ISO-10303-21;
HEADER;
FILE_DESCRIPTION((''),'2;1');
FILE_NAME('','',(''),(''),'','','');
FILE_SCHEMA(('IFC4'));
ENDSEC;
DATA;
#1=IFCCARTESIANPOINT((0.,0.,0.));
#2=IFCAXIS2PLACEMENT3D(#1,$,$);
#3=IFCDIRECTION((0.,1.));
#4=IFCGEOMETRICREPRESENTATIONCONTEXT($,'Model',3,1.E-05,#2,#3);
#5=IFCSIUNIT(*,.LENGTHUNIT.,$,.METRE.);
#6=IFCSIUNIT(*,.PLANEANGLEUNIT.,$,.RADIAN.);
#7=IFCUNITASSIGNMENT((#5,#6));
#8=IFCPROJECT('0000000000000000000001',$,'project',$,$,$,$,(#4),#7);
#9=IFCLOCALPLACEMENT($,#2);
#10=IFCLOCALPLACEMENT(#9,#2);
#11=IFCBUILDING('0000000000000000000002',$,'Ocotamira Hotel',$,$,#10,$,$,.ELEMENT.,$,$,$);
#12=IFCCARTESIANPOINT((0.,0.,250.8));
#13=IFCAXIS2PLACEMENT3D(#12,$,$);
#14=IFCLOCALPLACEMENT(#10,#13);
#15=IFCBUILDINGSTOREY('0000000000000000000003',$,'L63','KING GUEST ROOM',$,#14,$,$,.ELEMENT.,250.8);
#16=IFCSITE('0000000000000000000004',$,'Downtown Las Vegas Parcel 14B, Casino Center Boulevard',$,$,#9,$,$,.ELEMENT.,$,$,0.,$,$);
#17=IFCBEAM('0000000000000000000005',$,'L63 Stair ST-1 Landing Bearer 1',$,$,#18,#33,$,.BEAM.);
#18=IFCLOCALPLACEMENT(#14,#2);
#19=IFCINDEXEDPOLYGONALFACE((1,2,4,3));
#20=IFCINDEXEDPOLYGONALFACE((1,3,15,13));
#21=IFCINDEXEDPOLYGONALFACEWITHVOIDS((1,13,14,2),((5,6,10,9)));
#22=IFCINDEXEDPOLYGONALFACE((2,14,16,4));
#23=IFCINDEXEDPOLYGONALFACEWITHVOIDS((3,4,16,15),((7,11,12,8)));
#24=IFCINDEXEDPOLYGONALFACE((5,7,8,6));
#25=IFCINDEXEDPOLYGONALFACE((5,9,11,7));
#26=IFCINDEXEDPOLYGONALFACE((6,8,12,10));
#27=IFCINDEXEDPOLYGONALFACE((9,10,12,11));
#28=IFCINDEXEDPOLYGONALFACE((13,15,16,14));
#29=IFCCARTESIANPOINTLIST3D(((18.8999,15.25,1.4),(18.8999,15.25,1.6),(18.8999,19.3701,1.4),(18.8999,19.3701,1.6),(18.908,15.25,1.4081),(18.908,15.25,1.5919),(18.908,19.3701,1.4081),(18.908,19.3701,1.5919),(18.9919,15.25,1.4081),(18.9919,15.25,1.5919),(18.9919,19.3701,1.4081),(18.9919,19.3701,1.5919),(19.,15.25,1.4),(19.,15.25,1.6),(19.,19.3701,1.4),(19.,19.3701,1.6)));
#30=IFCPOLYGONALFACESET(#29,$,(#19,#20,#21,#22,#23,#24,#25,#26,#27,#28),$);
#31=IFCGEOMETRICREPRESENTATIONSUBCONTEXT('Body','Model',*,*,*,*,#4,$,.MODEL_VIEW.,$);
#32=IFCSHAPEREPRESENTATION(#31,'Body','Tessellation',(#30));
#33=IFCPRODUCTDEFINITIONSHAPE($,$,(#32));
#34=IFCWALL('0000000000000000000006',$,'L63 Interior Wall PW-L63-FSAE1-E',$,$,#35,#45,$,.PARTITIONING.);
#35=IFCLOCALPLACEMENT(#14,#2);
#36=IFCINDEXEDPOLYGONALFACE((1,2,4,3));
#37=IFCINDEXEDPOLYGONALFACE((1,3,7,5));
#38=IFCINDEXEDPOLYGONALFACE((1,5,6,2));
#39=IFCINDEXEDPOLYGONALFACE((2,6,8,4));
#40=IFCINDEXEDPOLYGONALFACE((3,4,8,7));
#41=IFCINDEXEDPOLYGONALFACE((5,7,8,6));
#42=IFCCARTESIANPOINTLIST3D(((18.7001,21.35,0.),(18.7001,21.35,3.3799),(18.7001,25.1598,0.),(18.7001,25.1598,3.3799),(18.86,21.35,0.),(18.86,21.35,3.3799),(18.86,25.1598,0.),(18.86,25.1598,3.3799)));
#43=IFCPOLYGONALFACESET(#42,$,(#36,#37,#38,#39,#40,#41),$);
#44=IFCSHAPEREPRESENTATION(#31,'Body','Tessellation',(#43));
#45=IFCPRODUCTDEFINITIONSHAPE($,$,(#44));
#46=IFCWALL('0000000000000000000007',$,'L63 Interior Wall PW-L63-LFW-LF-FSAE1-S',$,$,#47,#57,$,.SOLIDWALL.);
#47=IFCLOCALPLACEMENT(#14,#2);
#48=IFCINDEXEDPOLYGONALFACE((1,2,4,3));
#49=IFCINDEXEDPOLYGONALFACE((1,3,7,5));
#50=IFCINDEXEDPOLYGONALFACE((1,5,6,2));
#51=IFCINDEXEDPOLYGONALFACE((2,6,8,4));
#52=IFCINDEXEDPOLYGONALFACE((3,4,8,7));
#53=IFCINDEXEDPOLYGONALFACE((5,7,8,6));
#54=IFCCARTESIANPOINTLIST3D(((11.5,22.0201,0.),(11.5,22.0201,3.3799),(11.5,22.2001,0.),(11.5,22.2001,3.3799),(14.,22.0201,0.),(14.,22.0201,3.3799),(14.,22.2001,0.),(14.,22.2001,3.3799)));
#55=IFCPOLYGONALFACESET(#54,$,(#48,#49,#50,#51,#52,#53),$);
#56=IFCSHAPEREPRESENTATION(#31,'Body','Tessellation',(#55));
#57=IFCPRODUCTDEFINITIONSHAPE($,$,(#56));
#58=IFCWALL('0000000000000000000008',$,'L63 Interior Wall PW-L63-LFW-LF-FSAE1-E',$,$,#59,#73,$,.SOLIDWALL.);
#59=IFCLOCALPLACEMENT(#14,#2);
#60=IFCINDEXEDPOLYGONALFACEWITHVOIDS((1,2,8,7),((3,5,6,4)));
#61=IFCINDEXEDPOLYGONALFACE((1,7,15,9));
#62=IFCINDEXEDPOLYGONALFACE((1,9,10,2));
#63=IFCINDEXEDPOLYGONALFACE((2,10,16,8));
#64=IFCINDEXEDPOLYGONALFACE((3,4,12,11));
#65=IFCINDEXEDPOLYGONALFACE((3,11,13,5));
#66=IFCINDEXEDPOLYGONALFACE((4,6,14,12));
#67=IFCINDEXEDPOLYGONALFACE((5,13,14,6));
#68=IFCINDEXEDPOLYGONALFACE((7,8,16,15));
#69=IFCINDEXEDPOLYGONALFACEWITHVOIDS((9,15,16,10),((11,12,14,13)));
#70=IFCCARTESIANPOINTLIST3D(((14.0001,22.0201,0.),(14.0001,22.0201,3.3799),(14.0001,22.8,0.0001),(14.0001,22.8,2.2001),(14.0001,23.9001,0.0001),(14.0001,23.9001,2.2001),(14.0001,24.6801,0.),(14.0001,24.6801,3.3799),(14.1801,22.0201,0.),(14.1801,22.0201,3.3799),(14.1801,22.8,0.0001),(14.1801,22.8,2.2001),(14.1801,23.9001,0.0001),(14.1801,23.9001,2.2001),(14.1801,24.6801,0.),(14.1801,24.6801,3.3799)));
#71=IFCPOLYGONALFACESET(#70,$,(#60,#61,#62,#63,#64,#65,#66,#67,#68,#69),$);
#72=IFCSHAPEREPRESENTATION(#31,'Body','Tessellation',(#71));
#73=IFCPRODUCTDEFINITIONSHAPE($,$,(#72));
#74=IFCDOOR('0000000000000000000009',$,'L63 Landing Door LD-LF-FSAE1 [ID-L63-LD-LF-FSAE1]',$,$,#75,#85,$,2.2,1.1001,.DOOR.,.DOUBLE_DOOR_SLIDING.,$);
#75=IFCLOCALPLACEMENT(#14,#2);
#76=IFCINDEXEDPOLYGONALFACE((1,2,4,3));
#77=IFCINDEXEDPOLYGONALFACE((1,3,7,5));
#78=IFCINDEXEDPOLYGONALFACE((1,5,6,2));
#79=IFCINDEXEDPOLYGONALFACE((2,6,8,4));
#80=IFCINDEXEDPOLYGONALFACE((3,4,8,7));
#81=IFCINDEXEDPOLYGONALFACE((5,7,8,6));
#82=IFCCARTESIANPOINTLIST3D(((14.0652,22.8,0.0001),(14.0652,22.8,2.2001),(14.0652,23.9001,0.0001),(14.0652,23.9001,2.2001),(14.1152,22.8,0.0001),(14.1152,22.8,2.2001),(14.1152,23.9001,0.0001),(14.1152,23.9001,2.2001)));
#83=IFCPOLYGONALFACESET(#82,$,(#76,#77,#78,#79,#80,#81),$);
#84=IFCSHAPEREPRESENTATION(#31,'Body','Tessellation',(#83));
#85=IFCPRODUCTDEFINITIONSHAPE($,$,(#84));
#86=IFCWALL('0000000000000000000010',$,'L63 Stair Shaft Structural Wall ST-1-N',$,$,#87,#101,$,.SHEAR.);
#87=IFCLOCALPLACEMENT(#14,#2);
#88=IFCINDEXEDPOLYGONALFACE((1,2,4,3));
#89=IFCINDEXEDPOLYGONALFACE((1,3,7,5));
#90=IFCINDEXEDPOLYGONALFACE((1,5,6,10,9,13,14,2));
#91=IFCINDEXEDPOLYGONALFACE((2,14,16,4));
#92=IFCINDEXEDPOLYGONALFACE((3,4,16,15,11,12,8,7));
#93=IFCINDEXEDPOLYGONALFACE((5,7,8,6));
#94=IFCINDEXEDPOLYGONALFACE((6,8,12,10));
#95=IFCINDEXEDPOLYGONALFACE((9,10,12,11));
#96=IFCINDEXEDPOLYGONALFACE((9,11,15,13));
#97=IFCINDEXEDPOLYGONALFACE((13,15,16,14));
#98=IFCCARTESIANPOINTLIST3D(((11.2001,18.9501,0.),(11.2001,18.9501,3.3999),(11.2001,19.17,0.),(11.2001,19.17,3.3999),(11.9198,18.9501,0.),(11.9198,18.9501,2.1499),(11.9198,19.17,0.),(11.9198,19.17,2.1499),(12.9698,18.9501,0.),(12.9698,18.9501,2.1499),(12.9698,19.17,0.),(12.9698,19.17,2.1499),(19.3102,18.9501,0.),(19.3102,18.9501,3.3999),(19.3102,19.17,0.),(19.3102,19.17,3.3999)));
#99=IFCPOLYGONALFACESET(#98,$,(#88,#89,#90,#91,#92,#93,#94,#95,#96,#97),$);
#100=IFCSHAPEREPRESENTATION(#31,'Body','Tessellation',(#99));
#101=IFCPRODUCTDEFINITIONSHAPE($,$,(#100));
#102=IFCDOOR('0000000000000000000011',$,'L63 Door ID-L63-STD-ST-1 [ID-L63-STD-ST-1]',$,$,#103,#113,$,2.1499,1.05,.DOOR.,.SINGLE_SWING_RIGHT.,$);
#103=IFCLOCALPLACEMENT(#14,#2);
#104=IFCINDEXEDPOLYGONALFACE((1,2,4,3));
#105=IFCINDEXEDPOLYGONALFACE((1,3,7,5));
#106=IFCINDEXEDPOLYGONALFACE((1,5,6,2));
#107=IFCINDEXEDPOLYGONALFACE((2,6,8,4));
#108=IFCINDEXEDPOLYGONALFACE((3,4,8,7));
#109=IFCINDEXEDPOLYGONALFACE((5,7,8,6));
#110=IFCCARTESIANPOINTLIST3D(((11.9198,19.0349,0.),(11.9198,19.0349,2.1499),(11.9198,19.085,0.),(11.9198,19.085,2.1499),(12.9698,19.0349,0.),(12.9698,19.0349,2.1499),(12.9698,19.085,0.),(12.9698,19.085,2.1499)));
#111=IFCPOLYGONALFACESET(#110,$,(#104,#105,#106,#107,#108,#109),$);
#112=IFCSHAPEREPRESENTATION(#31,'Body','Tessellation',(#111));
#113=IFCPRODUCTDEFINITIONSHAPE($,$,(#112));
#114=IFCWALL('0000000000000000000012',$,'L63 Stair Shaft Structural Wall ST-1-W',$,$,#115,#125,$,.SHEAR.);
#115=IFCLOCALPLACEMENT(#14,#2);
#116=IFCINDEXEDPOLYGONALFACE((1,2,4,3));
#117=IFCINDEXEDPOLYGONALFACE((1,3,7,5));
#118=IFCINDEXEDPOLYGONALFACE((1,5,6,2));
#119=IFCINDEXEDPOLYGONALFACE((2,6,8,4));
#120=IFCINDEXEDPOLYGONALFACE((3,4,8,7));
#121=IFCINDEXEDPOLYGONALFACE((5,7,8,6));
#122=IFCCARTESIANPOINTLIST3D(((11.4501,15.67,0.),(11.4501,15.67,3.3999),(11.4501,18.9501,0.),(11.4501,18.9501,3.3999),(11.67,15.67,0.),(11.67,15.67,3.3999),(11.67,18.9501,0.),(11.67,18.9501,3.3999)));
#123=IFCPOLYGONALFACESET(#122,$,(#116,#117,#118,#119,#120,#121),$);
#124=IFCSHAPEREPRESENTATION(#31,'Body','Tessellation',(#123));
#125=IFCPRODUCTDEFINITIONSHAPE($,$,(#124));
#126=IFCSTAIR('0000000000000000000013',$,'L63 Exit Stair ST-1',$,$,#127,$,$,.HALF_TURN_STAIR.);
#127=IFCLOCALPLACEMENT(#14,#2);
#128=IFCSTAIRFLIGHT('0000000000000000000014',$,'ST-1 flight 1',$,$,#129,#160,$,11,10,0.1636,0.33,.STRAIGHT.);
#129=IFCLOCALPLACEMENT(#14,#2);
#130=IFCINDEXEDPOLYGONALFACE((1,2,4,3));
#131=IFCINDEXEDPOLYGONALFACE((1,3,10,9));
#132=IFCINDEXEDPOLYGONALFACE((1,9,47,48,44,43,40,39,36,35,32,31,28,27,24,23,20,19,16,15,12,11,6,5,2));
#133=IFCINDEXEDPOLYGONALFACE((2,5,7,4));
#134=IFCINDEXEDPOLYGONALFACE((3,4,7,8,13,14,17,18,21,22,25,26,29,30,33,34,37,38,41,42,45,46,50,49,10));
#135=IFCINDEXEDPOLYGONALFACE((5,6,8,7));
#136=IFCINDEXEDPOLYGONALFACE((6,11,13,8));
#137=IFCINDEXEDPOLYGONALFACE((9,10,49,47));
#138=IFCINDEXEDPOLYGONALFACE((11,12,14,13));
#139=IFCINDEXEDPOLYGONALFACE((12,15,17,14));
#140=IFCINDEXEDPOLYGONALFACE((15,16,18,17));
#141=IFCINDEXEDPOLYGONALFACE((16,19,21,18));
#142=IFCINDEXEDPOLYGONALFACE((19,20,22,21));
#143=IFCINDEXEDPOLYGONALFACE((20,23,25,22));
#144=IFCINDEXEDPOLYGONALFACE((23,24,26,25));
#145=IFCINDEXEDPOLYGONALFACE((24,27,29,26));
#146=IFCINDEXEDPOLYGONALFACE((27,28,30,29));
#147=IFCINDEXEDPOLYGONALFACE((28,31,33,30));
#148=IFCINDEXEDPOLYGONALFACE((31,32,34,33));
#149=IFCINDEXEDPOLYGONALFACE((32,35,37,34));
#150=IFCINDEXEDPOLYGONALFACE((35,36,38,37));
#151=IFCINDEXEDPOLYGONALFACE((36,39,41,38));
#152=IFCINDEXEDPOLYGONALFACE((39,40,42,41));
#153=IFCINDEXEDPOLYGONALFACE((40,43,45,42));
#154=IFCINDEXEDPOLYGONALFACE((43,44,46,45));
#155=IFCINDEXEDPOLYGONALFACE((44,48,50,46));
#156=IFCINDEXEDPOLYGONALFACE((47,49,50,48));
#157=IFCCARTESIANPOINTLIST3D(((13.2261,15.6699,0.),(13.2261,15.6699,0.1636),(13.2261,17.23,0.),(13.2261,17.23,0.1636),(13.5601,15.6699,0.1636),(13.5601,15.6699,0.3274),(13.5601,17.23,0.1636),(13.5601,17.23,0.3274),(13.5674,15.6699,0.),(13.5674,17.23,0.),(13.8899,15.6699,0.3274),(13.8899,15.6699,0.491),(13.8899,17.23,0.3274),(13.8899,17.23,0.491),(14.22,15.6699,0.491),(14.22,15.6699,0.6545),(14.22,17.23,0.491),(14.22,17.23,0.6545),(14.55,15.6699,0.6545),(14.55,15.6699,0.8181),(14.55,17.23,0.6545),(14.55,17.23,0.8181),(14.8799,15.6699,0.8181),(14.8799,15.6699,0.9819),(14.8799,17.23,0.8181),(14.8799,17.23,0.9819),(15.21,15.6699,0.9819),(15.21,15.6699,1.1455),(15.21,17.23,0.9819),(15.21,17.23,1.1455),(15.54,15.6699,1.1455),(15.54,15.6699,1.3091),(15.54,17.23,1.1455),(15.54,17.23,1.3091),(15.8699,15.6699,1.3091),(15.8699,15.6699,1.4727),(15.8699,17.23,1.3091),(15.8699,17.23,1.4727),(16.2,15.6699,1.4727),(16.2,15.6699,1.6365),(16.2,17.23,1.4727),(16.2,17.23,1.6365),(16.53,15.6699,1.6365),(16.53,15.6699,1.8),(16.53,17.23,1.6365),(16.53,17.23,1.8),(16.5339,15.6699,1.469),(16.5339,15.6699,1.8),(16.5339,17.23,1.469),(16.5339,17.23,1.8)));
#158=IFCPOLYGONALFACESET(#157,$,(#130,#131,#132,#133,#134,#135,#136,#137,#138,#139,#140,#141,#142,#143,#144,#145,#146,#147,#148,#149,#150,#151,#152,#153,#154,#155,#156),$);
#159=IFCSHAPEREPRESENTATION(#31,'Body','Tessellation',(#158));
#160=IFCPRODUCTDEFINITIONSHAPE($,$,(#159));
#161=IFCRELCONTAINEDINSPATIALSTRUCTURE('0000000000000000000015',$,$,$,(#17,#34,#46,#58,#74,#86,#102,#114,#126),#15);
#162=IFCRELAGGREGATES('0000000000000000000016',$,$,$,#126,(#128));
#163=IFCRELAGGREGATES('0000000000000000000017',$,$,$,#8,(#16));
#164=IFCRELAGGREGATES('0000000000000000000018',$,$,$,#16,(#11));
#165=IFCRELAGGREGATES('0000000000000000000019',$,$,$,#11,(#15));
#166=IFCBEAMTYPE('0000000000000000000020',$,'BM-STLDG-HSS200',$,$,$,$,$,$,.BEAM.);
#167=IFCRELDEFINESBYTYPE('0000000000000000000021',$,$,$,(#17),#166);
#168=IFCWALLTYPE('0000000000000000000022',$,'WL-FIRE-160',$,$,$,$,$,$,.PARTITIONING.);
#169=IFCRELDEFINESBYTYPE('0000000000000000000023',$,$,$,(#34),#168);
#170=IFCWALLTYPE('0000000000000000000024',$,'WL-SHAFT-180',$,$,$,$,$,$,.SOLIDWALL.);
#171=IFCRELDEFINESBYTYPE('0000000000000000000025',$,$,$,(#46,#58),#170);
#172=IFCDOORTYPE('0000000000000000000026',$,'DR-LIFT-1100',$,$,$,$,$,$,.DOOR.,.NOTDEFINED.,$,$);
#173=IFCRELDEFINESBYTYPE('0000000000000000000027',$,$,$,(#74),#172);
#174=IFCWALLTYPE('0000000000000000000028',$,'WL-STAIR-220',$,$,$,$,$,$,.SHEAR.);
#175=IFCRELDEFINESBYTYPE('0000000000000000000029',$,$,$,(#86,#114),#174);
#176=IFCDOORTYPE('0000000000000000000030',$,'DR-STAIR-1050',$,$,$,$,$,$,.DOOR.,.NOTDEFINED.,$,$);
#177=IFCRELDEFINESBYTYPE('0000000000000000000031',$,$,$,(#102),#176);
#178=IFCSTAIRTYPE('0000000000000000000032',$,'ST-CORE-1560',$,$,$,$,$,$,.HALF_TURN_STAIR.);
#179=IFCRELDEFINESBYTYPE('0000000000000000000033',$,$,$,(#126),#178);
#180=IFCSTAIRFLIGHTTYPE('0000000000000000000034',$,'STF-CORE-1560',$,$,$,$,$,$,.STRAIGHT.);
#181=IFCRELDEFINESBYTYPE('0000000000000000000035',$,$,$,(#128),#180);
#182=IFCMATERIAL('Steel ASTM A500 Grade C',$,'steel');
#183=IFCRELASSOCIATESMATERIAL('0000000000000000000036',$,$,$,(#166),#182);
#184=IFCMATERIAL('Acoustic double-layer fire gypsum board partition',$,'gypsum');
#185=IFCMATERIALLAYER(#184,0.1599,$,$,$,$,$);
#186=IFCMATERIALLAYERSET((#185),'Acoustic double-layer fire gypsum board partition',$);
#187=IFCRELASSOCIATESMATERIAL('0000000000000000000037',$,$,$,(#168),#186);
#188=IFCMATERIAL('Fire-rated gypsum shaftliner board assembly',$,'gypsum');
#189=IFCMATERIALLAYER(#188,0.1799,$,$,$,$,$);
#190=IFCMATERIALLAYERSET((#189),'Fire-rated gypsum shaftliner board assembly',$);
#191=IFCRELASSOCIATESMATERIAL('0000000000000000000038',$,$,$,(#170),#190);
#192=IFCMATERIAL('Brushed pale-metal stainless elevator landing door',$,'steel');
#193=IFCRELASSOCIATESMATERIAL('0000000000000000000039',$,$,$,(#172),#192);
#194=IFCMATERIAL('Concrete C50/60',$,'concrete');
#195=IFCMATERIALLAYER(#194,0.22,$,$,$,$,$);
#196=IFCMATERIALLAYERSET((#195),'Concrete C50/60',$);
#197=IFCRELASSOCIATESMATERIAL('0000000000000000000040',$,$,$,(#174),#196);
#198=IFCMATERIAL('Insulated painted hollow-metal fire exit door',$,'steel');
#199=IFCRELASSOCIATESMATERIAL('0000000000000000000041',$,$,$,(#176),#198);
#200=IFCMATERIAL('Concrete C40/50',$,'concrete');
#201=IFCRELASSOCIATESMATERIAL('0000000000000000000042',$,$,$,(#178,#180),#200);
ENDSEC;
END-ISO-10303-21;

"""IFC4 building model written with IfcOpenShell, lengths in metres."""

from ifc_helpers import new_model, si_unit, direction, frame, frame_2d, origin, origin_2d, place, context, subcontext, project, spatial, polyline, rectangle, hollow_rectangle, outline, extrude, source, transform, mapped, material, layer, layer_set, material_profile, profile_set, type_object, element, fill, aggregate, save


model = new_model("IFC4")

# Units and contexts
model_context = context("Model", 3, precision=1e-05, world=origin(), true_north=direction((0.0, 1.0)))
body_context = subcontext(model_context, "Body", "Model", "MODEL_VIEW")
ifc_project = project(units=[si_unit("LENGTHUNIT", "METRE"), si_unit("PLANEANGLEUNIT", "RADIAN")], contexts=[model_context])

# Site, building, storey
site_placement = place(None, origin())
site = spatial("IfcSite", under=ifc_project, at=site_placement, Name="Downtown Las Vegas Parcel 14B, Casino Center Boulevard", CompositionType="ELEMENT", RefElevation=0.0)
building_placement = place(site_placement, origin())
building = spatial("IfcBuilding", under=site, at=building_placement, Name="Ocotamira Hotel", CompositionType="ELEMENT")
storey_placement = place(building_placement, frame((0.0, 0.0, 250.8)))
storey = spatial("IfcBuildingStorey", under=building, at=storey_placement, Name="L63", Description="KING GUEST ROOM", CompositionType="ELEMENT", Elevation=250.8)

# Beam
ifc_material_1 = material(Name="Steel ASTM A500 Grade C", Category="steel")
ifc_material_profile = material_profile(ifc_material_1, hollow_rectangle(XDim=0.1001, YDim=0.2, WallThickness=0.0081, at=origin_2d()), Name="HSS200X100X8")
ifc_profile_set = profile_set([ifc_material_profile], Name="Steel ASTM A500 Grade C")
beam_type = type_object("IfcBeamType", Name="BM-STLDG-HSS200", PredefinedType="BEAM", material=ifc_profile_set)
shared_shape_1 = source(origin(), body_context, "Body", "SweptSolid", [
    extrude(hollow_rectangle(XDim=0.1001, YDim=0.2, WallThickness=0.0081, at=origin_2d()), origin(), (0.0, 0.0, 1.0), 4.1201),
])
beam_placement = place(storey_placement, frame((18.95, 15.25, 1.5), z_axis=(0.0, 1.0, 0.0), x_axis=(-1.0, 0.0, 0.0)))
element("IfcBeam", 1, at=beam_placement, inside=storey, type_object=beam_type, Name="L63 Stair ST-1 Landing Bearer 1", PredefinedType="BEAM", context=body_context, shape_type="MappedRepresentation", body=[
    mapped(shared_shape_1, transform((0.0, 0.0, 0.0), scale=1.0)),
])

# Shared definitions
ifc_material_2 = material(Name="Acoustic double-layer fire gypsum board partition", Category="gypsum")
ifc_layer_1 = layer(ifc_material_2, 0.1599)
ifc_layer_set_1 = layer_set([ifc_layer_1], Name="Acoustic double-layer fire gypsum board partition")
wall_type_1 = type_object("IfcWallType", Name="WL-FIRE-160", PredefinedType="PARTITIONING", material=ifc_layer_set_1)

# Walls
wall_1_placement = place(storey_placement, frame((18.78, 21.3501, 0.0), z_axis=(0.0, 0.0, 1.0), x_axis=(0.0, 1.0, 0.0)))
element("IfcWall", 2, at=wall_1_placement, inside=storey, type_object=wall_type_1, Name="L63 Interior Wall PW-L63-FSAE1-E", PredefinedType="PARTITIONING", context=body_context, shape_type="SweptSolid", body=[
    extrude(rectangle(XDim=3.8098, YDim=0.1599, at=frame_2d((1.9048, 0.0))), origin(), (0.0, 0.0, 1.0), 3.3799),
])
ifc_material_3 = material(Name="Fire-rated gypsum shaftliner board assembly", Category="gypsum")
ifc_layer_2 = layer(ifc_material_3, 0.1799)
ifc_layer_set_2 = layer_set([ifc_layer_2], Name="Fire-rated gypsum shaftliner board assembly")
wall_type_2 = type_object("IfcWallType", Name="WL-SHAFT-180", PredefinedType="SOLIDWALL", material=ifc_layer_set_2)
wall_2_placement = place(storey_placement, frame((11.5, 22.1101, 0.0), z_axis=(0.0, 0.0, 1.0), x_axis=(1.0, 0.0, 0.0)))
element("IfcWall", 3, at=wall_2_placement, inside=storey, type_object=wall_type_2, Name="L63 Interior Wall PW-L63-LFW-LF-FSAE1-S", PredefinedType="SOLIDWALL", context=body_context, shape_type="SweptSolid", body=[
    extrude(rectangle(XDim=2.5, YDim=0.1799, at=frame_2d((1.25, 0.0))), origin(), (0.0, 0.0, 1.0), 3.3799),
])

# Walls, openings, doors
wall_3_placement = place(storey_placement, frame((14.0901, 22.02, 0.0), z_axis=(0.0, 0.0, 1.0), x_axis=(0.0, 1.0, 0.0)))
wall_3 = element("IfcWall", 4, at=wall_3_placement, inside=storey, type_object=wall_type_2, Name="L63 Interior Wall PW-L63-LFW-LF-FSAE1-E", PredefinedType="SOLIDWALL", context=body_context, shape_type="SweptSolid", body=[
    extrude(rectangle(XDim=2.6599, YDim=0.1799, at=frame_2d((1.3301, 0.0))), origin(), (0.0, 0.0, 1.0), 3.3799),
])
opening_1_placement = place(wall_3_placement, frame((0.78, 0.0, 0.0)))
opening_1 = element("IfcOpeningElement", 5, at=opening_1_placement, cuts=wall_3, PredefinedType="OPENING", context=body_context, shape_type="SweptSolid", body=[
    extrude(rectangle(XDim=1.1001, YDim=2.2, at=frame_2d((0.55, 1.1001))), frame((0.0, 0.1001, 0.0), z_axis=(0.0, -1.0, 0.0), x_axis=(1.0, 0.0, 0.0)), (0.0, 0.0, 1.0), 0.2),
])
ifc_material_4 = material(Name="Brushed pale-metal stainless elevator landing door", Category="steel")
door_type_1 = type_object("IfcDoorType", Name="DR-LIFT-1100", OperationType="NOTDEFINED", PredefinedType="DOOR", material=ifc_material_4)
shared_shape_2 = source(origin(), body_context, "Body", "SweptSolid", [
    extrude(rectangle(XDim=1.1001, YDim=2.2, at=frame_2d((0.55, 1.1001))), frame((0.0, 0.0249, 0.0), z_axis=(0.0, -1.0, 0.0), x_axis=(1.0, 0.0, 0.0)), (0.0, 0.0, 1.0), 0.05),
])
door_1_placement = place(opening_1_placement, origin())
door_1 = element("IfcDoor", 6, at=door_1_placement, inside=storey, type_object=door_type_1, Name="L63 Landing Door LD-LF-FSAE1 [ID-L63-LD-LF-FSAE1]", OperationType="DOUBLE_DOOR_SLIDING", OverallHeight=2.2, OverallWidth=1.1001, PredefinedType="DOOR", context=body_context, shape_type="MappedRepresentation", body=[
    mapped(shared_shape_2, transform((0.0, 0.0, 0.0), scale=1.0)),
])
fill(opening_1, door_1)
ifc_material_5 = material(Name="Concrete C50/60", Category="concrete")
ifc_layer_3 = layer(ifc_material_5, 0.22)
ifc_layer_set_3 = layer_set([ifc_layer_3], Name="Concrete C50/60")
wall_type_3 = type_object("IfcWallType", Name="WL-STAIR-220", PredefinedType="SHEAR", material=ifc_layer_set_3)
wall_4_placement = place(storey_placement, frame((11.2, 19.0601, 0.0), z_axis=(0.0, 0.0, 1.0), x_axis=(1.0, 0.0, 0.0)))
wall_4 = element("IfcWall", 7, at=wall_4_placement, inside=storey, type_object=wall_type_3, Name="L63 Stair Shaft Structural Wall ST-1-N", PredefinedType="SHEAR", context=body_context, shape_type="SweptSolid", body=[
    extrude(rectangle(XDim=8.1101, YDim=0.22, at=frame_2d((4.0552, 0.0))), origin(), (0.0, 0.0, 1.0), 3.3999),
])
opening_2_placement = place(wall_4_placement, frame((0.72, 0.0, 0.0)))
opening_2 = element("IfcOpeningElement", 8, at=opening_2_placement, cuts=wall_4, PredefinedType="OPENING", context=body_context, shape_type="SweptSolid", body=[
    extrude(rectangle(XDim=1.05, YDim=2.1499, at=frame_2d((0.5249, 1.075))), frame((0.0, 0.1201, 0.0), z_axis=(0.0, -1.0, 0.0), x_axis=(1.0, 0.0, 0.0)), (0.0, 0.0, 1.0), 0.24),
])
ifc_material_6 = material(Name="Insulated painted hollow-metal fire exit door", Category="steel")
door_type_2 = type_object("IfcDoorType", Name="DR-STAIR-1050", OperationType="NOTDEFINED", PredefinedType="DOOR", material=ifc_material_6)
shared_shape_3 = source(origin(), body_context, "Body", "SweptSolid", [
    extrude(rectangle(XDim=1.05, YDim=2.1499, at=frame_2d((0.5249, 1.075))), frame((0.0, 0.0249, 0.0), z_axis=(0.0, -1.0, 0.0), x_axis=(1.0, 0.0, 0.0)), (0.0, 0.0, 1.0), 0.05),
])
door_2_placement = place(opening_2_placement, origin())
door_2 = element("IfcDoor", 9, at=door_2_placement, inside=storey, type_object=door_type_2, Name="L63 Door ID-L63-STD-ST-1 [ID-L63-STD-ST-1]", OperationType="SINGLE_SWING_RIGHT", OverallHeight=2.1499, OverallWidth=1.05, PredefinedType="DOOR", context=body_context, shape_type="MappedRepresentation", body=[
    mapped(shared_shape_3, transform((0.0, 0.0, 0.0), scale=1.0)),
])
fill(opening_2, door_2)

# Wall
wall_5_placement = place(storey_placement, frame((11.5601, 15.6699, 0.0), z_axis=(0.0, 0.0, 1.0), x_axis=(0.0, 1.0, 0.0)))
element("IfcWall", 10, at=wall_5_placement, inside=storey, type_object=wall_type_3, Name="L63 Stair Shaft Structural Wall ST-1-W", PredefinedType="SHEAR", context=body_context, shape_type="SweptSolid", body=[
    extrude(rectangle(XDim=3.28, YDim=0.22, at=frame_2d((1.6401, 0.0))), origin(), (0.0, 0.0, 1.0), 3.3999),
])

# Stair, stair flight
ifc_material_7 = material(Name="Concrete C40/50", Category="concrete")
stair_type = type_object("IfcStairType", Name="ST-CORE-1560", PredefinedType="HALF_TURN_STAIR", material=ifc_material_7)
stair_placement = place(storey_placement, origin())
stair = element("IfcStair", 11, at=stair_placement, inside=storey, type_object=stair_type, Name="L63 Exit Stair ST-1", PredefinedType="HALF_TURN_STAIR")
stair_flight_type = type_object("IfcStairFlightType", Name="STF-CORE-1560", PredefinedType="STRAIGHT", material=ifc_material_7)
shared_shape_4 = source(origin(), body_context, "Body", "SweptSolid", [
    extrude(outline(polyline([(-0.0039, 0.0), (-0.0039, 0.1636), (0.3301, 0.1636), (0.3301, 0.3274), (0.6599, 0.3274), (0.6599, 0.491), (0.99, 0.491), (0.99, 0.6545), (1.3201, 0.6545), (1.3201, 0.8181), (1.6499, 0.8181), (1.6499, 0.9819), (1.98, 0.9819), (1.98, 1.1455), (2.3101, 1.1455), (2.3101, 1.3091), (2.6399, 1.3091), (2.6399, 1.4727), (2.97, 1.4727), (2.97, 1.6365), (3.3, 1.6365), (3.3, 1.8), (3.304, 1.8), (3.304, 1.469), (0.3374, 0.0), (-0.0039, 0.0)])), frame((0.0, 0.78, 0.0), z_axis=(0.0, -1.0, 0.0), x_axis=(1.0, 0.0, 0.0)), (0.0, 0.0, 1.0), 1.5601),
])
stair_flight_1_placement = place(storey_placement, frame((13.23, 16.45, 0.0), z_axis=(0.0, 0.0, 1.0), x_axis=(1.0, 0.0, 0.0)))
stair_flight_1 = element("IfcStairFlight", 12, at=stair_flight_1_placement, type_object=stair_flight_type, Name="ST-1 flight 1", NumberOfRisers=11, NumberOfTreads=10, PredefinedType="STRAIGHT", RiserHeight=0.1636, TreadLength=0.33, context=body_context, shape_type="MappedRepresentation", body=[
    mapped(shared_shape_4, transform((0.0, 0.0, 0.0), scale=1.0)),
])
aggregate(stair, [stair_flight_1])

save(model, "model.ifc")
